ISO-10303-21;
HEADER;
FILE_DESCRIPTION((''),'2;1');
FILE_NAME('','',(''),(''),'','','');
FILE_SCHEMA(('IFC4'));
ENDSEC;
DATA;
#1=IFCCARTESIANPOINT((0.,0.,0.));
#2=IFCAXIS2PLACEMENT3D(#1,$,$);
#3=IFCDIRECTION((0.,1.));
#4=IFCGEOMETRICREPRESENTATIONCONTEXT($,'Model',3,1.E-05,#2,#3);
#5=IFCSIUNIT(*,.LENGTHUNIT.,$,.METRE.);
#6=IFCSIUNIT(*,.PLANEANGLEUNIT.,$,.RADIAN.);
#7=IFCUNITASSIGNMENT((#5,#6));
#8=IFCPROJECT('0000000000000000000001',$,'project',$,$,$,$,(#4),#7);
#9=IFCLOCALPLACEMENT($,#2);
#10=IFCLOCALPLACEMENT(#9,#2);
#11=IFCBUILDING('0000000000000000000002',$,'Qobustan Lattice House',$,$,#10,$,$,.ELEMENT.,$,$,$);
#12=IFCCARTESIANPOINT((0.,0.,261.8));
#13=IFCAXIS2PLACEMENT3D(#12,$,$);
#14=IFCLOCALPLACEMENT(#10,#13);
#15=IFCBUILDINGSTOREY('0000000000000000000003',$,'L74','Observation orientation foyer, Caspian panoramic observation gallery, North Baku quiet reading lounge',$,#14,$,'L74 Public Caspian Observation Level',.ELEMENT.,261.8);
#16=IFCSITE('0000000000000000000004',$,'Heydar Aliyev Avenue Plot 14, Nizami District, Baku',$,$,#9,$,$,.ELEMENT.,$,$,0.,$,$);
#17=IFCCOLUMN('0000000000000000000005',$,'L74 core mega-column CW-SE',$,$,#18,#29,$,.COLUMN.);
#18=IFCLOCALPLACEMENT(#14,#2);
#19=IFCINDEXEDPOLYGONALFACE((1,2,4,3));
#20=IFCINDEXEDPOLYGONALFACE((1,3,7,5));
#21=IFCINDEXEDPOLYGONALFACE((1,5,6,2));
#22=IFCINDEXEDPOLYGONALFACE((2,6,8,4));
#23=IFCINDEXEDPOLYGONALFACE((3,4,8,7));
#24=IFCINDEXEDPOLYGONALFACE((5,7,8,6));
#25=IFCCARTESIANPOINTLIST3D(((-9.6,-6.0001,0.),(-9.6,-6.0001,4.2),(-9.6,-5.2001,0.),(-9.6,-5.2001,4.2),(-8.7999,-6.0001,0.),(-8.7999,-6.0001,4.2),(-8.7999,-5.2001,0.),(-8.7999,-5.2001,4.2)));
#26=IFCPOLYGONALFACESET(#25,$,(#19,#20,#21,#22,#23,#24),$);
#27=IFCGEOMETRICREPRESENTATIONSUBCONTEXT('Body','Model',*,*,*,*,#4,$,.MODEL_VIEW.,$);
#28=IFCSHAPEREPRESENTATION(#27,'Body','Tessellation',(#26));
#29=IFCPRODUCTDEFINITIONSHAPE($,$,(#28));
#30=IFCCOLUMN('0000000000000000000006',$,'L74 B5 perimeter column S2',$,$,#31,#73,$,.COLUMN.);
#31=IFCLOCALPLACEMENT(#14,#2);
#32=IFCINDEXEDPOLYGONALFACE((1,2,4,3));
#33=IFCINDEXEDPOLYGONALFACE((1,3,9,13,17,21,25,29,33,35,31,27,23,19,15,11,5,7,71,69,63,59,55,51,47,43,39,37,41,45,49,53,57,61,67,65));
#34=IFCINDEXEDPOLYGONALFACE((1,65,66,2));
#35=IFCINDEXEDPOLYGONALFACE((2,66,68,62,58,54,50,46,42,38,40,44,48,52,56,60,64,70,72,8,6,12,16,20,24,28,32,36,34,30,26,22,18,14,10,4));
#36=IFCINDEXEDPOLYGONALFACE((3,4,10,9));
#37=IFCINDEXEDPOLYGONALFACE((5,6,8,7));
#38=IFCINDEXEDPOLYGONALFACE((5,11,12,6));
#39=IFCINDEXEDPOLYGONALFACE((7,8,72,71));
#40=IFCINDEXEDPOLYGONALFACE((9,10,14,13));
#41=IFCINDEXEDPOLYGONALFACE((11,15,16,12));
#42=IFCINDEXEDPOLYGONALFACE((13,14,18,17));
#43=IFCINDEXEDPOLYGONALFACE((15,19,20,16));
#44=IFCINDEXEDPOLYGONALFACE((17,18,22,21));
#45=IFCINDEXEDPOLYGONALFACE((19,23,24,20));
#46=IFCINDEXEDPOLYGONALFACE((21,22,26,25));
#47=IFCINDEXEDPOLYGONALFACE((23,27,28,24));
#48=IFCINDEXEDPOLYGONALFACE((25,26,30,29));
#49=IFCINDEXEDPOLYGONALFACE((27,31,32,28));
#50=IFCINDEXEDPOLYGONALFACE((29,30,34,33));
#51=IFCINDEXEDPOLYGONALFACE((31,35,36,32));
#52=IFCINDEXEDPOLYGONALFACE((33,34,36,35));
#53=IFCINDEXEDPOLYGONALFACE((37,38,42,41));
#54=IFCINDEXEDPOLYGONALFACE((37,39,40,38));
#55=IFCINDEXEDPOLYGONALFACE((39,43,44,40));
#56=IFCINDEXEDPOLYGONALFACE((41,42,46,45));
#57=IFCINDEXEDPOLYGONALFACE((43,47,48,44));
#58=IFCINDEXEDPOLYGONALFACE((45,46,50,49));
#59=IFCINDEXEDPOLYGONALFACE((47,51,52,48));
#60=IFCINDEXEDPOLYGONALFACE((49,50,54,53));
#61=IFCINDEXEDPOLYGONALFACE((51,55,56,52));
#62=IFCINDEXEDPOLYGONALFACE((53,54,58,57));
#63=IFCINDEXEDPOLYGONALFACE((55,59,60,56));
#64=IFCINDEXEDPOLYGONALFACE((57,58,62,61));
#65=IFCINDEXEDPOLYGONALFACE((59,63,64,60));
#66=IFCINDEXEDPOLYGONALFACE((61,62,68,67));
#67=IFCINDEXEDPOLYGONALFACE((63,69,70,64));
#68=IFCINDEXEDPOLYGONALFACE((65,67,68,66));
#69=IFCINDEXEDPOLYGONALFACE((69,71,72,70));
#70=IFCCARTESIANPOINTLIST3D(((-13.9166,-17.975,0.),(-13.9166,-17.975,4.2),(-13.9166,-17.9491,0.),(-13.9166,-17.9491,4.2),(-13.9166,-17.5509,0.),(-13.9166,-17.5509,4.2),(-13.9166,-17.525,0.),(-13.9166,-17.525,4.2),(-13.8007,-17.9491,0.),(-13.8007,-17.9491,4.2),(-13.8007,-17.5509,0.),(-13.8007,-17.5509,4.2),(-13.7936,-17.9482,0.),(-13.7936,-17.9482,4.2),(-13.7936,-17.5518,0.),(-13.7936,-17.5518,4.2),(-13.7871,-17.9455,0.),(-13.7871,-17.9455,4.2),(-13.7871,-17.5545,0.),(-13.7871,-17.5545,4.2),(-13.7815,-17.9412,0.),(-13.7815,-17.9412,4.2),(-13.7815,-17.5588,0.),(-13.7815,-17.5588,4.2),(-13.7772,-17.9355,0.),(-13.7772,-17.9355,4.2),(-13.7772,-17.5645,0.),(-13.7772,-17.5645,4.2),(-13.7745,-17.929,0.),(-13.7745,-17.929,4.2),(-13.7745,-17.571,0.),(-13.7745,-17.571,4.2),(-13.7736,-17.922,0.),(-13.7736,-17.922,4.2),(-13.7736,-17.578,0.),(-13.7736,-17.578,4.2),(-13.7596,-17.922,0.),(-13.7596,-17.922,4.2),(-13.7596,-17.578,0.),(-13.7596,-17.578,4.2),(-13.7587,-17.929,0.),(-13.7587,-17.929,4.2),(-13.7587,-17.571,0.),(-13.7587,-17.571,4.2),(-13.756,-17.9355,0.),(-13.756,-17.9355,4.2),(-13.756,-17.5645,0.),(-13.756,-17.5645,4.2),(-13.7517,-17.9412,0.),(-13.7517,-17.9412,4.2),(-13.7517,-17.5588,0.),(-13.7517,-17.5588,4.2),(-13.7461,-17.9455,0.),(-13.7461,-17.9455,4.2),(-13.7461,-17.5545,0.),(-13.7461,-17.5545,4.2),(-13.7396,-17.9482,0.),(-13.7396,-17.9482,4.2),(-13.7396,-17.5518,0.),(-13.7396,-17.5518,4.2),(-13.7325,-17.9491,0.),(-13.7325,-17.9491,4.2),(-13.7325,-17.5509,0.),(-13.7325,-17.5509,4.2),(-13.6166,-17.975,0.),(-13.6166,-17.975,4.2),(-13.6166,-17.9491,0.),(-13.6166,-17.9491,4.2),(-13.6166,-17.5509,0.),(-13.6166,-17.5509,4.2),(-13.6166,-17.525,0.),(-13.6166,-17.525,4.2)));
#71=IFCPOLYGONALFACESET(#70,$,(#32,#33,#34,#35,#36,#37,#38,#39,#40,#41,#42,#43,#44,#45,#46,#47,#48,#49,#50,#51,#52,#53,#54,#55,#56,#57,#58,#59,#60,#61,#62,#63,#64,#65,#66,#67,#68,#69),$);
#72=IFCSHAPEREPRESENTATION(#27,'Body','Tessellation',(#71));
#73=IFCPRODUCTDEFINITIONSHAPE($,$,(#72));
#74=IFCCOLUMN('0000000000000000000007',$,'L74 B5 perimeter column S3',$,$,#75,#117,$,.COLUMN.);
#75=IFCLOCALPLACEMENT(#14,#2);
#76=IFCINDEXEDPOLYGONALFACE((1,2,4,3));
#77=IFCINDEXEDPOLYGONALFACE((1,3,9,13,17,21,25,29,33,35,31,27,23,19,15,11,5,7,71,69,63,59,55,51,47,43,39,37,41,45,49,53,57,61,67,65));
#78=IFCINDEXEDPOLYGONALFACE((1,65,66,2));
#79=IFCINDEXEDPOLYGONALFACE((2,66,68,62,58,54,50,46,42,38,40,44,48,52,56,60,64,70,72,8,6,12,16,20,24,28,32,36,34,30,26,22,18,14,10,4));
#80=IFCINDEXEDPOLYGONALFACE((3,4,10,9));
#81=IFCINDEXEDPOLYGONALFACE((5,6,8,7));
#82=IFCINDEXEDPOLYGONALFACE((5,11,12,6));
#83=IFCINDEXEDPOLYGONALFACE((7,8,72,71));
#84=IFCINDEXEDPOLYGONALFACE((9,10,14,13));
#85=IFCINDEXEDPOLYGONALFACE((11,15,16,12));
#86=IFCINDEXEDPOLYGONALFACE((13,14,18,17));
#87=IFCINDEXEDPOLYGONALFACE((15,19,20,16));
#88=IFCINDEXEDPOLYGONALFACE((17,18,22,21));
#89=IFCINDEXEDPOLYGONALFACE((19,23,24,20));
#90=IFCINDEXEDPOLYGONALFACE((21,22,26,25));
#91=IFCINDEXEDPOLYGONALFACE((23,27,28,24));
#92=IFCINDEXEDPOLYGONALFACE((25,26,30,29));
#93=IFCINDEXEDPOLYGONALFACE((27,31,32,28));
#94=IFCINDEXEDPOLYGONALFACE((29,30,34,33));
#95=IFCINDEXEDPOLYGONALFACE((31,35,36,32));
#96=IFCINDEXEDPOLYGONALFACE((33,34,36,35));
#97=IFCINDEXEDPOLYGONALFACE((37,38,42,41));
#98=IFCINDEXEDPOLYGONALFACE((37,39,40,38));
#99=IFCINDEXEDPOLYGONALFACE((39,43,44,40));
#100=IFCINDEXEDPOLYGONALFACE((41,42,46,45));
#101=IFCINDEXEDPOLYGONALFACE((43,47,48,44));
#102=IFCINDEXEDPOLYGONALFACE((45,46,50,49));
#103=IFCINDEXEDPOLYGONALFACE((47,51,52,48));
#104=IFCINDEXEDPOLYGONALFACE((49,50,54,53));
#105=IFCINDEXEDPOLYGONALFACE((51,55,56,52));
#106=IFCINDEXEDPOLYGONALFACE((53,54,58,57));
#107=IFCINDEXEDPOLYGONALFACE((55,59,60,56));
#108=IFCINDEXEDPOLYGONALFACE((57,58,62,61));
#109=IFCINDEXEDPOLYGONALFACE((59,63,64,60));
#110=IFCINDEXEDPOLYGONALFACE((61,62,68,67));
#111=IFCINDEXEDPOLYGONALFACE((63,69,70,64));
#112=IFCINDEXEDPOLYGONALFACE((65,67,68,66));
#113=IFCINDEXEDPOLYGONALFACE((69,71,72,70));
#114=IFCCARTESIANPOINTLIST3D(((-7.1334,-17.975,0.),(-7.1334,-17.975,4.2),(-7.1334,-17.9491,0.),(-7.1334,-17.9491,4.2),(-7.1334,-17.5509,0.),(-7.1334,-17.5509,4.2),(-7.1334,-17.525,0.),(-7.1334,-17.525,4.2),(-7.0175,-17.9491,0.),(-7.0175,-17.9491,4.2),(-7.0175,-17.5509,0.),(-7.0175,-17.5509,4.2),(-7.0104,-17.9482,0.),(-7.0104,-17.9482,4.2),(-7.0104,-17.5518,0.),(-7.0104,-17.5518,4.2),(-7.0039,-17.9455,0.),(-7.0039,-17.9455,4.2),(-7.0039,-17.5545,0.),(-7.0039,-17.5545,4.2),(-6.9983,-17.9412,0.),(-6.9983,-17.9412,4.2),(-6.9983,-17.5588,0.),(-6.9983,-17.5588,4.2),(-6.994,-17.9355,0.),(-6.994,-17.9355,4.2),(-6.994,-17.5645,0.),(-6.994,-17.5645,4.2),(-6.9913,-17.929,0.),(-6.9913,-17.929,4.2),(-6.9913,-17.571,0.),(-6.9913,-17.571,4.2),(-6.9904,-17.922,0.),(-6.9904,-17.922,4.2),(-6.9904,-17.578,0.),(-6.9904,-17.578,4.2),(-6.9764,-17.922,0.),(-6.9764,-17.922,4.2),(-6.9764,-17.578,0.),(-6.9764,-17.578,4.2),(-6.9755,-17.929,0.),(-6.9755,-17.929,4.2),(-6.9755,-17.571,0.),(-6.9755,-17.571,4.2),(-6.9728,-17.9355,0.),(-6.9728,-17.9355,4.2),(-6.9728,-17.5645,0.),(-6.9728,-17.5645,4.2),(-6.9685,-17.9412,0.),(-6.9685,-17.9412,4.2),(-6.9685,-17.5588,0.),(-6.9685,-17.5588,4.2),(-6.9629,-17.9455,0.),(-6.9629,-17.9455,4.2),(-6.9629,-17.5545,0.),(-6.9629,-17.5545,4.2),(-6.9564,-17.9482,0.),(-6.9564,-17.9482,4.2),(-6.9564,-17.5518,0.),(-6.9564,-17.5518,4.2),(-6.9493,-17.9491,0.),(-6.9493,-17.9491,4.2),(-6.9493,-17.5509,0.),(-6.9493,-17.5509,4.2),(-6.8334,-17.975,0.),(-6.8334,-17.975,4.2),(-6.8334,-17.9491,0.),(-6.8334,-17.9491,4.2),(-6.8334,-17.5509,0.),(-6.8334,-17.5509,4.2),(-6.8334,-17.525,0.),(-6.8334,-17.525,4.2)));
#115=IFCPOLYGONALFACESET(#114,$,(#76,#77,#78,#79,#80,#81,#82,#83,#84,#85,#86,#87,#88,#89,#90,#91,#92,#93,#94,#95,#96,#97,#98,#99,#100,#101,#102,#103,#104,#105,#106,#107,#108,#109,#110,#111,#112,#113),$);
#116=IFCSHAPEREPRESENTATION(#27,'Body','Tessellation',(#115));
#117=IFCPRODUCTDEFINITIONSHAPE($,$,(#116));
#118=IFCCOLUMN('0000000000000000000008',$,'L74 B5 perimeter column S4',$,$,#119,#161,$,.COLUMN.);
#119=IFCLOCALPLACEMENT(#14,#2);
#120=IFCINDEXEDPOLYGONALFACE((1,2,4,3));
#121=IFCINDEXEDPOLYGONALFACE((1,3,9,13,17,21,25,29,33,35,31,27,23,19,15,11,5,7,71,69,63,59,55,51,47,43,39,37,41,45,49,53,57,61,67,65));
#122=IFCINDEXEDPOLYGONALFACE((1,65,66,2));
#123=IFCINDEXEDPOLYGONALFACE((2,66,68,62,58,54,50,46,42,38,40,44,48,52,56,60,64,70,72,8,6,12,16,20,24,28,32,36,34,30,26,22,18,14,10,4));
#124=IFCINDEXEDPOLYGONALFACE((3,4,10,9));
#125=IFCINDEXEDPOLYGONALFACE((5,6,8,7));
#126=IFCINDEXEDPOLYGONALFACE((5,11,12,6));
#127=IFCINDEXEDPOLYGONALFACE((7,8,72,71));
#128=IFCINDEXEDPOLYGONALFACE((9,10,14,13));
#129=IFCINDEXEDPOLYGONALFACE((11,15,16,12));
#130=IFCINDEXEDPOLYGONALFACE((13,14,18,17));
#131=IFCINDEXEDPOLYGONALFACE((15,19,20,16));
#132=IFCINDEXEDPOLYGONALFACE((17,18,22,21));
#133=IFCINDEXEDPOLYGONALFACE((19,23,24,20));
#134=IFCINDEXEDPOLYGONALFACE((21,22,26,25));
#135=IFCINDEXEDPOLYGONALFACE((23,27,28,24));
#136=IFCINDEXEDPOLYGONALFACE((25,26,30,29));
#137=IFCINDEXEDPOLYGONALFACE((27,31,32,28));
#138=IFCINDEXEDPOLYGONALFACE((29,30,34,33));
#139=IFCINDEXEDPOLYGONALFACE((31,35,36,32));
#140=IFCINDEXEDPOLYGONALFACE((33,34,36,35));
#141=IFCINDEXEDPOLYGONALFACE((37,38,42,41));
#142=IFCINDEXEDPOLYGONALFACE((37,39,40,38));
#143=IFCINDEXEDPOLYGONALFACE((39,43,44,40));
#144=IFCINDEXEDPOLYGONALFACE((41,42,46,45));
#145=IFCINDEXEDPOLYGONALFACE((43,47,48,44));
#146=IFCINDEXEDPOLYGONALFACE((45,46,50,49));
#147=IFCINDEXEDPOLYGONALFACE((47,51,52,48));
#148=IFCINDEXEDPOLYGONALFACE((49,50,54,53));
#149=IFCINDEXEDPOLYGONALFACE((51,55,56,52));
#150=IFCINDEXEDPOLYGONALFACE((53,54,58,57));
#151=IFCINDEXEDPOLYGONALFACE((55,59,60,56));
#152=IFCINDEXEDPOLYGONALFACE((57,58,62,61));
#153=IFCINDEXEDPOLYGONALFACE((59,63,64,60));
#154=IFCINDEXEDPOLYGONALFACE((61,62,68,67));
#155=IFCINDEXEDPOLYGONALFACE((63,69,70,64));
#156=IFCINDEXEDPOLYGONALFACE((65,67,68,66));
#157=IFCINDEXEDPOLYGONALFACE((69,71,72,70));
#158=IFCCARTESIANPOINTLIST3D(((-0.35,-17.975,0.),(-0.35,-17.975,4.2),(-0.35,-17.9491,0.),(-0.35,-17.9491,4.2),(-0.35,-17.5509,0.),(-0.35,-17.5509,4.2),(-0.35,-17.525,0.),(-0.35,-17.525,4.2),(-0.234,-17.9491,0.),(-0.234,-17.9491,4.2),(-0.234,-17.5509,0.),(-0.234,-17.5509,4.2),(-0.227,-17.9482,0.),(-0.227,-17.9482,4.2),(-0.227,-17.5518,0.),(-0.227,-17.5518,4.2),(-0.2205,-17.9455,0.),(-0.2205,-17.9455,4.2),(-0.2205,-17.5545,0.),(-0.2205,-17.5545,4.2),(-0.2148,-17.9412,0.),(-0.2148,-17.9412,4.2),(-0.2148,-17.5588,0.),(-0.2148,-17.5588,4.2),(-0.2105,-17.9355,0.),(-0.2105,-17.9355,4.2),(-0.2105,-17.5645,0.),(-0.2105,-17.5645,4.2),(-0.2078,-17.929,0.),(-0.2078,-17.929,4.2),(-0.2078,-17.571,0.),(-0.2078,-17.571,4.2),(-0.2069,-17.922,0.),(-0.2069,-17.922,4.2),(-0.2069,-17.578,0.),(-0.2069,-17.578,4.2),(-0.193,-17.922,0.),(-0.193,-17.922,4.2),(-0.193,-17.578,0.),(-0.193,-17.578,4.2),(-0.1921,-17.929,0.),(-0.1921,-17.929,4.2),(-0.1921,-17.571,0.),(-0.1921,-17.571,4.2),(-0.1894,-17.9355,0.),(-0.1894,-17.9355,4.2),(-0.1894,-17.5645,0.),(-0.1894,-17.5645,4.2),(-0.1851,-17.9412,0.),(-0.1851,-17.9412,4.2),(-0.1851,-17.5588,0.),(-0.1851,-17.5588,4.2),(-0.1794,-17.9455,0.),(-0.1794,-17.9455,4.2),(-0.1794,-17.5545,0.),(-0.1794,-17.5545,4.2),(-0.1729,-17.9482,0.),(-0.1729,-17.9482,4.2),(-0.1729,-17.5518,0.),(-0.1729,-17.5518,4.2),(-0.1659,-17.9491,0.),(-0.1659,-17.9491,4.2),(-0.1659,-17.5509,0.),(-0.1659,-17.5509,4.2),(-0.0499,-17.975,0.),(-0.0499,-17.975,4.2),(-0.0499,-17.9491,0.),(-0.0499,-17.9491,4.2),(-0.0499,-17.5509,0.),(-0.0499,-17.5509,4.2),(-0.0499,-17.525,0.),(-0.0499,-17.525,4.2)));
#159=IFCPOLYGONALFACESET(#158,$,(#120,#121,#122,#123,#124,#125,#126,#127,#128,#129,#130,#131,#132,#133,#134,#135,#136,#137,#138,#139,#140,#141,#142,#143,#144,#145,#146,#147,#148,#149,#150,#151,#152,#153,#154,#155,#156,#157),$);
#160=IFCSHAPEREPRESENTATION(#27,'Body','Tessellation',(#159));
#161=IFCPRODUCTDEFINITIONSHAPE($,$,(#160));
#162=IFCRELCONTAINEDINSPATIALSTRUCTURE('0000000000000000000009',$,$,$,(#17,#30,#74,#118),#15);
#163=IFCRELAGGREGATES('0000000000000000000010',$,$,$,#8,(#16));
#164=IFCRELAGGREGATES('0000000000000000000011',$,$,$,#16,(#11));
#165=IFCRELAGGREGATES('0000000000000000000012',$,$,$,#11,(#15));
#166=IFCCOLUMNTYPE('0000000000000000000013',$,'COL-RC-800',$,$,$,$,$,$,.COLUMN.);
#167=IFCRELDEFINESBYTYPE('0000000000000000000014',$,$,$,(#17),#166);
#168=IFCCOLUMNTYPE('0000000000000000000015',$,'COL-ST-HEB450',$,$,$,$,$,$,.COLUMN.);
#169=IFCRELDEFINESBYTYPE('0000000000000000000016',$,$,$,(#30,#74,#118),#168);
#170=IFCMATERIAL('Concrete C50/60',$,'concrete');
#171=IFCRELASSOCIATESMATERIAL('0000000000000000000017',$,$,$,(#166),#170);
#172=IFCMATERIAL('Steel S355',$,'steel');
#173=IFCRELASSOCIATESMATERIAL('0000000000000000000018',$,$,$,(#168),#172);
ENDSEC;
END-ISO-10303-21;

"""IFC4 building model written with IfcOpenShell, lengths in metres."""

from ifc_helpers import new_model, si_unit, direction, frame, origin, origin_2d, place, context, subcontext, project, spatial, rectangle, i_section, extrude, material, material_profile, profile_set, type_object, element, save


model = new_model("IFC4")

# Units and contexts
model_context = context("Model", 3, precision=1e-05, world=origin(), true_north=direction((0.0, 1.0)))
body_context = subcontext(model_context, "Body", "Model", "MODEL_VIEW")
ifc_project = project(units=[si_unit("LENGTHUNIT", "METRE"), si_unit("PLANEANGLEUNIT", "RADIAN")], contexts=[model_context])

# Site, building, storey
site_placement = place(None, origin())
site = spatial("IfcSite", under=ifc_project, at=site_placement, Name="Heydar Aliyev Avenue Plot 14, Nizami District, Baku", CompositionType="ELEMENT", RefElevation=0.0)
building_placement = place(site_placement, origin())
building = spatial("IfcBuilding", under=site, at=building_placement, Name="Qobustan Lattice House", CompositionType="ELEMENT")
storey_placement = place(building_placement, frame((0.0, 0.0, 261.8)))
storey = spatial("IfcBuildingStorey", under=building, at=storey_placement, Name="L74", Description="Observation orientation foyer, Caspian panoramic observation gallery, North Baku quiet reading lounge", LongName="L74 Public Caspian Observation Level", CompositionType="ELEMENT", Elevation=261.8)

# Columns
ifc_material_1 = material(Name="Concrete C50/60", Category="concrete")
ifc_material_profile_1 = material_profile(ifc_material_1, rectangle(XDim=0.8, YDim=0.8, at=origin_2d()), Name="RC800x800")
ifc_profile_set_1 = profile_set([ifc_material_profile_1], Name="Concrete C50/60")
column_type_1 = type_object("IfcColumnType", Name="COL-RC-800", PredefinedType="COLUMN", material=ifc_profile_set_1)
column_placement = place(storey_placement, frame((-9.2, -5.6001, 0.0), z_axis=(0.0, 0.0, 1.0), x_axis=(1.0, 0.0, 0.0)))
element("IfcColumn", 1, at=column_placement, inside=storey, type_object=column_type_1, Name="L74 core mega-column CW-SE", PredefinedType="COLUMN", context=body_context, shape_type="SweptSolid", body=[
    extrude(rectangle(XDim=0.8, YDim=0.8, at=origin_2d()), origin(), (0.0, 0.0, 1.0), 4.2),
])
ifc_material_2 = material(Name="Steel S355", Category="steel")
ifc_material_profile_2 = material_profile(ifc_material_2, i_section(OverallWidth=0.3, OverallDepth=0.45, WebThickness=0.0139, FlangeThickness=0.0259, FilletRadius=0.0271, at=origin_2d()), Name="HEB450")
ifc_profile_set_2 = profile_set([ifc_material_profile_2], Name="Steel S355")
column_type_2 = type_object("IfcColumnType", Name="COL-ST-HEB450", PredefinedType="COLUMN", material=ifc_profile_set_2)
for number, where, z_axis, x_axis, name in (
    (2, (-13.7666, -17.75, 0.0), (0.0, 0.0, 1.0), (1.0, 0.0, 0.0), "L74 B5 perimeter column S2"),
    (3, (-6.9834, -17.75, 0.0), (0.0, 0.0, 1.0), (1.0, 0.0, 0.0), "L74 B5 perimeter column S3"),
    (4, (-0.2, -17.75, 0.0), (0.0, 0.0, 1.0), (1.0, 0.0, 0.0), "L74 B5 perimeter column S4"),
):
    element("IfcColumn", number, at=place(storey_placement, frame(where, z_axis=z_axis, x_axis=x_axis)), inside=storey, type_object=column_type_2, Name=name, PredefinedType="COLUMN", context=body_context, shape_type="SweptSolid", body=[
        extrude(i_section(OverallWidth=0.3, OverallDepth=0.45, WebThickness=0.0139, FlangeThickness=0.0259, FilletRadius=0.0271, at=origin_2d()), origin(), (0.0, 0.0, 1.0), 4.2),
    ])

save(model, "model.ifc")
